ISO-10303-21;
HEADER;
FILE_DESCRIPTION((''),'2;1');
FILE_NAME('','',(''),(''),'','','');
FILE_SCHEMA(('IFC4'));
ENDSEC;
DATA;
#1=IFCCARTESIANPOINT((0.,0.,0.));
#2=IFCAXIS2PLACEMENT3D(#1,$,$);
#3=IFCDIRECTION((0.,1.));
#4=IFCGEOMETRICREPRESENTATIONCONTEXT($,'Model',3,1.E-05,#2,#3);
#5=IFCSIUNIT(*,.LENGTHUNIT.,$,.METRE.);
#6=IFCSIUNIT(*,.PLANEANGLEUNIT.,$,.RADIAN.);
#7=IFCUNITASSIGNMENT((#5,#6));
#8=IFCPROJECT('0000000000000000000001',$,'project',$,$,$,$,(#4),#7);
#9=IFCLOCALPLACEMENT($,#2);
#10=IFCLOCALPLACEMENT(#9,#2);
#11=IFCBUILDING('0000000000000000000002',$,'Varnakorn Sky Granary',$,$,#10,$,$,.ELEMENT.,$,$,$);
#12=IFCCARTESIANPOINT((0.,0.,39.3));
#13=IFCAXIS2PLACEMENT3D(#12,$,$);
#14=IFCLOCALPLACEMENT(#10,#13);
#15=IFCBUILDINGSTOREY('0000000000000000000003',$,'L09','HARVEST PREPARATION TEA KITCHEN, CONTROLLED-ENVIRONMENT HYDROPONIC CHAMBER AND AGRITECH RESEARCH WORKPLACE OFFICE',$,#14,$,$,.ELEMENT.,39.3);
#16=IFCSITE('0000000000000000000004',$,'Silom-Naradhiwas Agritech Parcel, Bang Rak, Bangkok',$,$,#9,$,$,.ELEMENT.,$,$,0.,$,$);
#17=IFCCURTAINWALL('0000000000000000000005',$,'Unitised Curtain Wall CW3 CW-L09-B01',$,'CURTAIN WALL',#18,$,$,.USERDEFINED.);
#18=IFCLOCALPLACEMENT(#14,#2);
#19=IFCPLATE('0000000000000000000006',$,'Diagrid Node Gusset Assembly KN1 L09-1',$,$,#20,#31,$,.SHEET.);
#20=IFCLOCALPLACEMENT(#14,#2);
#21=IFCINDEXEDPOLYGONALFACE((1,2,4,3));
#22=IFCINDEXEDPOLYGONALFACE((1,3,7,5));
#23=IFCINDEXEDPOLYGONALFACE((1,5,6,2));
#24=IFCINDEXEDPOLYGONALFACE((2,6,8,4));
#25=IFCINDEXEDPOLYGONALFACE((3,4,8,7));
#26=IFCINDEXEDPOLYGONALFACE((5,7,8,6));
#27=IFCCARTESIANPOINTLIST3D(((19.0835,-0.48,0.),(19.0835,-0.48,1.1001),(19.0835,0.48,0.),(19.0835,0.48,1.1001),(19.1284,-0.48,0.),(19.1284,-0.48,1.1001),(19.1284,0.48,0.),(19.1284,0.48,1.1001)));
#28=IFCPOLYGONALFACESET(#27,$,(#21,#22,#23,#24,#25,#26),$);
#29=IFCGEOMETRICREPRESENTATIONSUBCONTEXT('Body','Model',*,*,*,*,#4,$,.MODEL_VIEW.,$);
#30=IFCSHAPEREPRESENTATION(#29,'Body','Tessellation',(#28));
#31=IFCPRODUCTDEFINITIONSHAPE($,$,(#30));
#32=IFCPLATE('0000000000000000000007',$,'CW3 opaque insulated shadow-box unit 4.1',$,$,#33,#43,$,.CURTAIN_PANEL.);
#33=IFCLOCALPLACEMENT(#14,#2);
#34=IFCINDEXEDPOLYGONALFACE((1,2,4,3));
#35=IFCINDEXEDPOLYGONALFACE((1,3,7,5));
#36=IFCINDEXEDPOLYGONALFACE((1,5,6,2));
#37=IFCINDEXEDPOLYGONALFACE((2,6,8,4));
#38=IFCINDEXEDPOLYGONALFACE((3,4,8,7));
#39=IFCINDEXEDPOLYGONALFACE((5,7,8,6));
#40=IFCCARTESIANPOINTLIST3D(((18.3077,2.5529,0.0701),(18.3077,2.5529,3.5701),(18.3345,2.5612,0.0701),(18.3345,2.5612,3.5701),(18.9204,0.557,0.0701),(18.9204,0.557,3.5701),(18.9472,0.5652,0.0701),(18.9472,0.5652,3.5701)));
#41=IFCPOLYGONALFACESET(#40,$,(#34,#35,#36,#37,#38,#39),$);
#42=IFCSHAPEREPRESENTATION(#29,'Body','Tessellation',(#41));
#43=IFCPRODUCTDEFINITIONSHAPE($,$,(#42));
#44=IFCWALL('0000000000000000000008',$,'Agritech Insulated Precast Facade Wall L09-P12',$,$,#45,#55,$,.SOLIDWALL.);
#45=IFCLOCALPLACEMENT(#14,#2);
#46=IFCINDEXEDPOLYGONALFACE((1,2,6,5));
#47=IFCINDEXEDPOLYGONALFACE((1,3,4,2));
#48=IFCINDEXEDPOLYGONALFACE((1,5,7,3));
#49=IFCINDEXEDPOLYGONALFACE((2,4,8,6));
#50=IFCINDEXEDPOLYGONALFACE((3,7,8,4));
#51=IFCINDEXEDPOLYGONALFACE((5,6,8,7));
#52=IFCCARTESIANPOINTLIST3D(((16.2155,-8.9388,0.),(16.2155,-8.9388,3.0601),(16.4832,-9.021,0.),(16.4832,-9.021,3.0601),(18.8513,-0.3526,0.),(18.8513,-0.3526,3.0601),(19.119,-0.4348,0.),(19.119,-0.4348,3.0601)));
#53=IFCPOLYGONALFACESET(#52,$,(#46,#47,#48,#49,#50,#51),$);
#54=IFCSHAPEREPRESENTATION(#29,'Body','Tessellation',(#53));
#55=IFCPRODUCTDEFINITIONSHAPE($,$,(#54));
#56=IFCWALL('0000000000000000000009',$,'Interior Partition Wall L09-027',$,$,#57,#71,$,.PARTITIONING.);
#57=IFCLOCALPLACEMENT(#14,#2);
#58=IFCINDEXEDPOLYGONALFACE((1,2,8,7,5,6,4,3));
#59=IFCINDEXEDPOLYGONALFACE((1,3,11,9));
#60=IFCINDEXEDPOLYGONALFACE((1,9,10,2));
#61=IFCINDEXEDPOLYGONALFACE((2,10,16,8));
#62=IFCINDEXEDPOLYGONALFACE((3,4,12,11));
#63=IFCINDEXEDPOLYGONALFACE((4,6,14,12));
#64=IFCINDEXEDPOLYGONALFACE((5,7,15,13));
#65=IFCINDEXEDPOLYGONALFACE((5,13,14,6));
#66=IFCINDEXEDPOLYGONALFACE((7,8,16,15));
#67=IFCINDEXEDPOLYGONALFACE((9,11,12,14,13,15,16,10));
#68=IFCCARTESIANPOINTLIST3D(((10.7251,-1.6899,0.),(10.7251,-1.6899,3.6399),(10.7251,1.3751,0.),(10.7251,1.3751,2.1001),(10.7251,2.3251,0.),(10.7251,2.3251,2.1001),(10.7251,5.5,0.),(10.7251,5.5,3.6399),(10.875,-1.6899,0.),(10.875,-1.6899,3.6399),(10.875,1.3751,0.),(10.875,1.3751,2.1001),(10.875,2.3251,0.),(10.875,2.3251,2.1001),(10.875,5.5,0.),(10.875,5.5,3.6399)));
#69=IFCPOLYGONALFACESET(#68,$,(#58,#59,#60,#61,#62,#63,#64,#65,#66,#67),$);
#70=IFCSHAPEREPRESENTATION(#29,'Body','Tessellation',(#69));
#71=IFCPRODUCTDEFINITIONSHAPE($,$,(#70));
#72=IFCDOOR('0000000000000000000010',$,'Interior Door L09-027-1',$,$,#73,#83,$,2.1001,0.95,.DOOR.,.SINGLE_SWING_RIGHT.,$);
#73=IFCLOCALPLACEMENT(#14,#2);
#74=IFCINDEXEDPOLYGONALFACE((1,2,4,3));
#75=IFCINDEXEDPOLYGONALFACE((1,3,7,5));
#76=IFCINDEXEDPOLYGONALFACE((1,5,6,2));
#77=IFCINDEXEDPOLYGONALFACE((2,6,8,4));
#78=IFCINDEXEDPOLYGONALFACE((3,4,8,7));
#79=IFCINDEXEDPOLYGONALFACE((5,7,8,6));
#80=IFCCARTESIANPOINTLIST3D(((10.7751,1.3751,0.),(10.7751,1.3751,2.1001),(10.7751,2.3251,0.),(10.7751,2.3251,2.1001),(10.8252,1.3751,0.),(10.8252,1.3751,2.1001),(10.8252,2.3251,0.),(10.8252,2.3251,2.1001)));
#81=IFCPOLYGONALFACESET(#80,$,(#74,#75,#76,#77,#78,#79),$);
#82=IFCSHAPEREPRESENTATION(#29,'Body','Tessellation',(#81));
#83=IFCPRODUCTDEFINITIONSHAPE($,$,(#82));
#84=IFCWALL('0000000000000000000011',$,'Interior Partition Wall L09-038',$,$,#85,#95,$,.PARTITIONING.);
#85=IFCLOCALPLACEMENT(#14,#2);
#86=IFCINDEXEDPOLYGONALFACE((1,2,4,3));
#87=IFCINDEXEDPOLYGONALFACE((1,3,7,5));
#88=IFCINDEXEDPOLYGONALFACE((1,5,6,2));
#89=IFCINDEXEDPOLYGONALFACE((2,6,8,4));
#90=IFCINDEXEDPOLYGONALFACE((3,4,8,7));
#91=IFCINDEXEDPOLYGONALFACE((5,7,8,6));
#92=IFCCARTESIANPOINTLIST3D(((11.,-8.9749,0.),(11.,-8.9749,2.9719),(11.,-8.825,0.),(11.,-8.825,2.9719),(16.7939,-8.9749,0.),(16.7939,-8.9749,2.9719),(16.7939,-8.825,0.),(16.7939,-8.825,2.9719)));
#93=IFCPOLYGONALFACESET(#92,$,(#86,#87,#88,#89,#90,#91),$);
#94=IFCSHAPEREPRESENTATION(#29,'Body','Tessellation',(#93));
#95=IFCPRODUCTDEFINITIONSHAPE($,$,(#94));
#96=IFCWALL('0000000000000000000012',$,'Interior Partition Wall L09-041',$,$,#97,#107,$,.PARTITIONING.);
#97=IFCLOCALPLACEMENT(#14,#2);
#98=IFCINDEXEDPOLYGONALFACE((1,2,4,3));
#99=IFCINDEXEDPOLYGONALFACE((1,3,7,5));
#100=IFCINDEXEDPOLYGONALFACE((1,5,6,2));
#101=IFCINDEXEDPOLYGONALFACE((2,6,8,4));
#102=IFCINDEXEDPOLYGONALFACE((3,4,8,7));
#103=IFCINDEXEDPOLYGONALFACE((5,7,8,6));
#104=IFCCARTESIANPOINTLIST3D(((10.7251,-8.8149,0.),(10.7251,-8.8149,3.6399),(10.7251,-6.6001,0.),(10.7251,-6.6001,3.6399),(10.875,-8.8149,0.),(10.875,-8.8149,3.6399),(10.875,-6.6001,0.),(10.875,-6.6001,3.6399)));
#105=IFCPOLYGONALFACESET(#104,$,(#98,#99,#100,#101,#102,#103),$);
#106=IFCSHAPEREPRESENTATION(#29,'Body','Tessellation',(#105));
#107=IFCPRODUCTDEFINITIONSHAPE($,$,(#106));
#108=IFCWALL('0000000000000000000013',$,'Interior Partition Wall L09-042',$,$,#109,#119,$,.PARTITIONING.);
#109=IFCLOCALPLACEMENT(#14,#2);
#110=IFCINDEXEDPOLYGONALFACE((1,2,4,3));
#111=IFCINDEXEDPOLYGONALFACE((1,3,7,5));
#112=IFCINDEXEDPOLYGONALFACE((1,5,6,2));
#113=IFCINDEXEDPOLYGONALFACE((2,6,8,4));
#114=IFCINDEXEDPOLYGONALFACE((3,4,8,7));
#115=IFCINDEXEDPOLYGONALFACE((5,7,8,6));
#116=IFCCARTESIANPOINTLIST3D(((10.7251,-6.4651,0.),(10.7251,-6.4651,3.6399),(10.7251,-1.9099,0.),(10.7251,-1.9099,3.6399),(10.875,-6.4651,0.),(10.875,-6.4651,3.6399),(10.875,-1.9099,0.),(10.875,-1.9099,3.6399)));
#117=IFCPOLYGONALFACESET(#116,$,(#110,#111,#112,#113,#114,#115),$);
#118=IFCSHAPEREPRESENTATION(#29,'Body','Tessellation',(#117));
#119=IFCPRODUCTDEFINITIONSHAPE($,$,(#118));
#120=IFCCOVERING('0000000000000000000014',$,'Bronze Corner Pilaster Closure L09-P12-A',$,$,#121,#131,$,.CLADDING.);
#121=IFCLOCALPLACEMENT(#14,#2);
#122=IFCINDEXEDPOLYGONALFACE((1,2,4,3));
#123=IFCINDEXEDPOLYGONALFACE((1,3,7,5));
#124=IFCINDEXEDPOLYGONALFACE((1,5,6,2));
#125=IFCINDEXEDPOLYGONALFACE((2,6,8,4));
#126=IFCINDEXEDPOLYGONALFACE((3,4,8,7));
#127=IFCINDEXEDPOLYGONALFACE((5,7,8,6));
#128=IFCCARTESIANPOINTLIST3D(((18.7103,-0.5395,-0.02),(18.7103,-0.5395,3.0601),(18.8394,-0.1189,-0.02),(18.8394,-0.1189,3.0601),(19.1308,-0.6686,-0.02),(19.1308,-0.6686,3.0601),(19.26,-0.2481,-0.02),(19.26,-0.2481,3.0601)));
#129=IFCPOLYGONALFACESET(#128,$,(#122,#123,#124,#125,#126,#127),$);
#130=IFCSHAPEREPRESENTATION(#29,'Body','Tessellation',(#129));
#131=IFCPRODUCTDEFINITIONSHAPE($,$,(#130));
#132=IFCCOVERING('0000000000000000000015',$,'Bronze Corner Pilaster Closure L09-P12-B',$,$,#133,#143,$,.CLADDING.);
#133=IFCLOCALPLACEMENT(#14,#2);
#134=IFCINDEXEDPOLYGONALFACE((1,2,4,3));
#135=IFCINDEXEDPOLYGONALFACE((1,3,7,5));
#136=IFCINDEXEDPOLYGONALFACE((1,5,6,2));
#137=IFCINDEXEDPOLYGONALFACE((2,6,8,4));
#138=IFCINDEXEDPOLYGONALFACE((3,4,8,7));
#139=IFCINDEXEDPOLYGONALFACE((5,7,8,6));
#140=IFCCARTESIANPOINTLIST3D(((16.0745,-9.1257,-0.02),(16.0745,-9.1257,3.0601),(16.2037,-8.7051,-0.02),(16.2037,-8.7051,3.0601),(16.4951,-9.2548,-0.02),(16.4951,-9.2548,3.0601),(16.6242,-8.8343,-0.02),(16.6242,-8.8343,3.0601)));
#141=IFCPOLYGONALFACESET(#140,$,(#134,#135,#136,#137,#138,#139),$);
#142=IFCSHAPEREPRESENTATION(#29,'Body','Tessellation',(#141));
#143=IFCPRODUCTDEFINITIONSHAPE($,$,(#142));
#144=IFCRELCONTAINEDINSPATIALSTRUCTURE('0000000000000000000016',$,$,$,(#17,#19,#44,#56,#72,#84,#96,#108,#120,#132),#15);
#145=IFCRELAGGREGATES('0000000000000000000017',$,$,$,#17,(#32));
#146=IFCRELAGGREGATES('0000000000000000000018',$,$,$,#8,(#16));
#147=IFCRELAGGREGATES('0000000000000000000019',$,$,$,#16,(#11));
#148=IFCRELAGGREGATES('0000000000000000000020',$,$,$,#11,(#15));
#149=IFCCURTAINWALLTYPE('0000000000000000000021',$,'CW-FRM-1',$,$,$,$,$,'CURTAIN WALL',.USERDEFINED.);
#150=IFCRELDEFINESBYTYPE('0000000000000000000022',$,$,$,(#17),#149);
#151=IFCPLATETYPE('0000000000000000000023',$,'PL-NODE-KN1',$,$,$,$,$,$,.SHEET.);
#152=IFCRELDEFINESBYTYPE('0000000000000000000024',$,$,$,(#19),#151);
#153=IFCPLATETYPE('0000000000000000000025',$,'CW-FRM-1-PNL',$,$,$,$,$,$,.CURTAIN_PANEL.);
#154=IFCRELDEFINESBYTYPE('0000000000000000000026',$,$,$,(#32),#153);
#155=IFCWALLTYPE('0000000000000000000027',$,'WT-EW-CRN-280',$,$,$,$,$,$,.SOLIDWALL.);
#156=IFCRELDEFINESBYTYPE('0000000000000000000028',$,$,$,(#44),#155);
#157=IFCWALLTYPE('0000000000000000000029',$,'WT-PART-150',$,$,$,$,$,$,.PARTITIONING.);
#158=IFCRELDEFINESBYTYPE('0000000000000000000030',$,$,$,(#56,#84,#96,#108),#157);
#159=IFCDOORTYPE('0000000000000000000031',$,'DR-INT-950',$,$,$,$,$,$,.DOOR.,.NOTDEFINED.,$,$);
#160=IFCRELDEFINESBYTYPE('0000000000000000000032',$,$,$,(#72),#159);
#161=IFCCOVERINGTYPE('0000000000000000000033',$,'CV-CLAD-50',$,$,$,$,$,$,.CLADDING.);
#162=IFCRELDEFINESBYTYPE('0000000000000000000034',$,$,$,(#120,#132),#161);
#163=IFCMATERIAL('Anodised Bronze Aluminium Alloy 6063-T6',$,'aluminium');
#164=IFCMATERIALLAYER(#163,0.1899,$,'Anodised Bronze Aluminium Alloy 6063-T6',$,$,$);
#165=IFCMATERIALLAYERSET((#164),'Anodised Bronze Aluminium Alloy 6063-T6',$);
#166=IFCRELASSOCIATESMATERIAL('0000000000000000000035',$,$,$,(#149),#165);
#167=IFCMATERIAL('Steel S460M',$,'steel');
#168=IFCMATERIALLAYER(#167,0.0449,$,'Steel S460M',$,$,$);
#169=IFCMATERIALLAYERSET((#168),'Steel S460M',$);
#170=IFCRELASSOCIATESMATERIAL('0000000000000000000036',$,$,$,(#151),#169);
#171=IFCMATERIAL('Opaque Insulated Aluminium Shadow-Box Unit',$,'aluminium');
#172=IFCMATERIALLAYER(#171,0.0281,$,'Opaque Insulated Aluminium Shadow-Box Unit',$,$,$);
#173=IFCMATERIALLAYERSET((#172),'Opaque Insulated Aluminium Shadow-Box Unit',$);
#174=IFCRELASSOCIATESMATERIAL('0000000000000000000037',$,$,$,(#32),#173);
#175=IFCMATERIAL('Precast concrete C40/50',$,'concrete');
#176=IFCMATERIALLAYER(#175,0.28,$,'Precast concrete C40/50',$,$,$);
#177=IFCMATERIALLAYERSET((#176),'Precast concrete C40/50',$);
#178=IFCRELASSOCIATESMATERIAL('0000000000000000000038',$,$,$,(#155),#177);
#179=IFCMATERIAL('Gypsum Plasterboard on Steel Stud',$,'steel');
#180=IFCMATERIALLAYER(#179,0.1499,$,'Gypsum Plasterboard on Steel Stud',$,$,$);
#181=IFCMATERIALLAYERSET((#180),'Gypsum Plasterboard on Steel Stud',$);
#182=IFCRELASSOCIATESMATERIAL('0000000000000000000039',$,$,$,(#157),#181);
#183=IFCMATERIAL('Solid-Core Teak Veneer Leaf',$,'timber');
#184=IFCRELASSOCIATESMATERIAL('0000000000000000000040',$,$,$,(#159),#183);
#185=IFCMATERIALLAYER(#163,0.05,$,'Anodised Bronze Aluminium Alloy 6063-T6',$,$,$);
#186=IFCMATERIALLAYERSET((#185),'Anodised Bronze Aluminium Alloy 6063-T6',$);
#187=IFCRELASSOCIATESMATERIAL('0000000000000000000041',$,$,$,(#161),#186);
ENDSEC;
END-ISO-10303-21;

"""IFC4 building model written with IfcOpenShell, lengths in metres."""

from ifc_helpers import new_model, si_unit, direction, frame, frame_2d, origin, origin_2d, place, context, subcontext, project, spatial, rectangle, extrude, source, transform, mapped, material, layer, layer_set, type_object, type_shapes, element, fill, aggregate, save


model = new_model("IFC4")

# Units and contexts
model_context = context("Model", 3, precision=1e-05, world=origin(), true_north=direction((0.0, 1.0)))
body_context = subcontext(model_context, "Body", "Model", "MODEL_VIEW")
ifc_project = project(units=[si_unit("LENGTHUNIT", "METRE"), si_unit("PLANEANGLEUNIT", "RADIAN")], contexts=[model_context])

# Site, building, storey
site_placement = place(None, origin())
site = spatial("IfcSite", under=ifc_project, at=site_placement, Name="Silom-Naradhiwas Agritech Parcel, Bang Rak, Bangkok", CompositionType="ELEMENT", RefElevation=0.0)
building_placement = place(site_placement, origin())
building = spatial("IfcBuilding", under=site, at=building_placement, Name="Varnakorn Sky Granary", CompositionType="ELEMENT")
storey_placement = place(building_placement, frame((0.0, 0.0, 39.3)))
storey = spatial("IfcBuildingStorey", under=building, at=storey_placement, Name="L09", Description="HARVEST PREPARATION TEA KITCHEN, CONTROLLED-ENVIRONMENT HYDROPONIC CHAMBER AND AGRITECH RESEARCH WORKPLACE OFFICE", CompositionType="ELEMENT", Elevation=39.3)

# Shared definitions
ifc_material_1 = material(Name="Steel S460M", Category="steel")

# Curtain wall
ifc_material_2 = material(Name="Anodised Bronze Aluminium Alloy 6063-T6", Category="aluminium")
ifc_layer_1 = layer(ifc_material_2, 0.1899, Name="Anodised Bronze Aluminium Alloy 6063-T6")
ifc_layer_set_1 = layer_set([ifc_layer_1], Name="Anodised Bronze Aluminium Alloy 6063-T6")
curtain_wall_type = type_object("IfcCurtainWallType", Name="CW-FRM-1", ElementType="CURTAIN WALL", PredefinedType="USERDEFINED", material=ifc_layer_set_1)
curtain_wall_placement = place(storey_placement, origin())
curtain_wall = element("IfcCurtainWall", 1, at=curtain_wall_placement, inside=storey, type_object=curtain_wall_type, Name="Unitised Curtain Wall CW3 CW-L09-B01", ObjectType="CURTAIN WALL", PredefinedType="USERDEFINED")

# Plates
ifc_layer_2 = layer(ifc_material_1, 0.0449, Name="Steel S460M")
ifc_layer_set_2 = layer_set([ifc_layer_2], Name="Steel S460M")
plate_type_1 = type_object("IfcPlateType", Name="PL-NODE-KN1", PredefinedType="SHEET", material=ifc_layer_set_2)
plate_1_placement = place(storey_placement, frame((19.106, 0.0, 0.0), z_axis=(0.0, 0.0, 1.0), x_axis=(0.0, 1.0, 0.0)))
element("IfcPlate", 2, at=plate_1_placement, inside=storey, type_object=plate_type_1, Name="Diagrid Node Gusset Assembly KN1 L09-1", PredefinedType="SHEET", context=body_context, shape_type="SweptSolid", body=[
    extrude(rectangle(XDim=0.96, YDim=0.0449, at=origin_2d()), origin(), (0.0, 0.0, 1.0), 1.1001),
])
ifc_material_3 = material(Name="Opaque Insulated Aluminium Shadow-Box Unit", Category="aluminium")
ifc_layer_3 = layer(ifc_material_3, 0.0281, Name="Opaque Insulated Aluminium Shadow-Box Unit")
ifc_layer_set_3 = layer_set([ifc_layer_3], Name="Opaque Insulated Aluminium Shadow-Box Unit")
plate_type_2 = type_object("IfcPlateType", Name="CW-FRM-1-PNL", PredefinedType="CURTAIN_PANEL")
shared_shape_1 = source(origin(), body_context, "Body", "SweptSolid", [
    extrude(rectangle(XDim=2.0879, YDim=0.0281, at=origin_2d()), origin(), (0.0, 0.0, 1.0), 3.5),
])
type_shapes(plate_type_2, [shared_shape_1])
plate_2_placement = place(storey_placement, frame((18.6274, 1.5591, 0.0701), z_axis=(0.0, 0.0, 1.0), x_axis=(0.293463, -0.955971, 0.0)))
plate_2 = element("IfcPlate", 3, at=plate_2_placement, type_object=plate_type_2, material=ifc_layer_set_3, Name="CW3 opaque insulated shadow-box unit 4.1", PredefinedType="CURTAIN_PANEL", context=body_context, shape_type="MappedRepresentation", body=[
    mapped(shared_shape_1, transform((0.0, 0.0, 0.0), x_axis=(1.0, 0.0, 0.0), y_axis=(0.0, 1.0, 0.0), z_axis=(0.0, 0.0, 1.0), scale=1.0)),
])
aggregate(curtain_wall, [plate_2])

# Wall
ifc_material_4 = material(Name="Precast concrete C40/50", Category="concrete")
ifc_layer_4 = layer(ifc_material_4, 0.28, Name="Precast concrete C40/50")
ifc_layer_set_4 = layer_set([ifc_layer_4], Name="Precast concrete C40/50")
wall_type_1 = type_object("IfcWallType", Name="WT-EW-CRN-280", PredefinedType="SOLIDWALL", material=ifc_layer_set_4)
wall_1_placement = place(storey_placement, frame((18.9851, -0.3938, 0.0), z_axis=(0.0, 0.0, 1.0), x_axis=(-0.293459, -0.955972, 0.0)))
element("IfcWall", 4, at=wall_1_placement, inside=storey, type_object=wall_type_1, Name="Agritech Insulated Precast Facade Wall L09-P12", PredefinedType="SOLIDWALL", context=body_context, shape_type="SweptSolid", body=[
    extrude(rectangle(XDim=8.9817, YDim=0.28, at=frame_2d((4.4907, 0.0))), origin(), (0.0, 0.0, 1.0), 3.0601),
])

# Wall, opening, door
ifc_material_5 = material(Name="Gypsum Plasterboard on Steel Stud", Category="steel")
ifc_layer_5 = layer(ifc_material_5, 0.1499, Name="Gypsum Plasterboard on Steel Stud")
ifc_layer_set_5 = layer_set([ifc_layer_5], Name="Gypsum Plasterboard on Steel Stud")
wall_type_2 = type_object("IfcWallType", Name="WT-PART-150", PredefinedType="PARTITIONING", material=ifc_layer_set_5)
wall_2_placement = place(storey_placement, frame((10.8, -1.6899, 0.0), z_axis=(0.0, 0.0, 1.0), x_axis=(0.0, 1.0, 0.0)))
wall_2 = element("IfcWall", 5, at=wall_2_placement, inside=storey, type_object=wall_type_2, Name="Interior Partition Wall L09-027", PredefinedType="PARTITIONING", context=body_context, shape_type="SweptSolid", body=[
    extrude(rectangle(XDim=7.1899, YDim=0.1499, at=frame_2d((3.595, 0.0))), origin(), (0.0, 0.0, 1.0), 3.6399),
])
opening_placement = place(wall_2_placement, frame((3.0649, 0.0, 0.0)))
opening = element("IfcOpeningElement", 6, at=opening_placement, cuts=wall_2, PredefinedType="OPENING", context=body_context, shape_type="SweptSolid", body=[
    extrude(rectangle(XDim=0.95, YDim=2.1001, at=frame_2d((0.4751, 1.05))), frame((0.0, 0.085, 0.0), z_axis=(0.0, -1.0, 0.0), x_axis=(1.0, 0.0, 0.0)), (0.0, 0.0, 1.0), 0.1699),
])
ifc_material_6 = material(Name="Solid-Core Teak Veneer Leaf", Category="timber")
door_type = type_object("IfcDoorType", Name="DR-INT-950", OperationType="NOTDEFINED", PredefinedType="DOOR", material=ifc_material_6)
door_placement = place(opening_placement, origin())
door = element("IfcDoor", 7, at=door_placement, inside=storey, type_object=door_type, Name="Interior Door L09-027-1", OperationType="SINGLE_SWING_RIGHT", OverallHeight=2.1001, OverallWidth=0.95, PredefinedType="DOOR", context=body_context, shape_type="SweptSolid", body=[
    extrude(rectangle(XDim=0.95, YDim=2.1001, at=frame_2d((0.4751, 1.05))), frame((0.0, 0.0249, 0.0), z_axis=(0.0, -1.0, 0.0), x_axis=(1.0, 0.0, 0.0)), (0.0, 0.0, 1.0), 0.05),
])
fill(opening, door)

# Walls
wall_3_placement = place(storey_placement, frame((11.0, -8.8999, 0.0), z_axis=(0.0, 0.0, 1.0), x_axis=(1.0, 0.0, 0.0)))
element("IfcWall", 8, at=wall_3_placement, inside=storey, type_object=wall_type_2, Name="Interior Partition Wall L09-038", PredefinedType="PARTITIONING", context=body_context, shape_type="SweptSolid", body=[
    extrude(rectangle(XDim=5.7939, YDim=0.1499, at=frame_2d((2.897, 0.0))), origin(), (0.0, 0.0, 1.0), 2.9719),
])
wall_4_placement = place(storey_placement, frame((10.8, -8.8149, 0.0), z_axis=(0.0, 0.0, 1.0), x_axis=(0.0, 1.0, 0.0)))
element("IfcWall", 9, at=wall_4_placement, inside=storey, type_object=wall_type_2, Name="Interior Partition Wall L09-041", PredefinedType="PARTITIONING", context=body_context, shape_type="SweptSolid", body=[
    extrude(rectangle(XDim=2.2148, YDim=0.1499, at=frame_2d((1.1074, 0.0))), origin(), (0.0, 0.0, 1.0), 3.6399),
])
wall_5_placement = place(storey_placement, frame((10.8, -6.4651, 0.0), z_axis=(0.0, 0.0, 1.0), x_axis=(0.0, 1.0, 0.0)))
element("IfcWall", 10, at=wall_5_placement, inside=storey, type_object=wall_type_2, Name="Interior Partition Wall L09-042", PredefinedType="PARTITIONING", context=body_context, shape_type="SweptSolid", body=[
    extrude(rectangle(XDim=4.5552, YDim=0.1499, at=frame_2d((2.2776, 0.0))), origin(), (0.0, 0.0, 1.0), 3.6399),
])

# Coverings
ifc_layer_6 = layer(ifc_material_2, 0.05, Name="Anodised Bronze Aluminium Alloy 6063-T6")
ifc_layer_set_6 = layer_set([ifc_layer_6], Name="Anodised Bronze Aluminium Alloy 6063-T6")
covering_type = type_object("IfcCoveringType", Name="CV-CLAD-50", PredefinedType="CLADDING", material=ifc_layer_set_6)
shared_shape_2 = source(origin(), body_context, "Body", "SweptSolid", [
    extrude(rectangle(XDim=0.4399, YDim=0.4399, at=origin_2d()), origin(), (0.0, 0.0, 1.0), 3.0801),
])
type_shapes(covering_type, [shared_shape_2])
for number, where, z_axis, x_axis, name in (
    (11, (18.9851, -0.3938, -0.02), (0.0, 0.0, 1.0), (-0.29354, -0.955947, 0.0), "Bronze Corner Pilaster Closure L09-P12-A"),
    (12, (16.3494, -8.98, -0.02), (0.0, 0.0, 1.0), (-0.29354, -0.955947, 0.0), "Bronze Corner Pilaster Closure L09-P12-B"),
):
    element("IfcCovering", number, at=place(storey_placement, frame(where, z_axis=z_axis, x_axis=x_axis)), inside=storey, type_object=covering_type, Name=name, PredefinedType="CLADDING", context=body_context, shape_type="MappedRepresentation", body=[
        mapped(shared_shape_2, transform((0.0, 0.0, 0.0), x_axis=(1.0, 0.0, 0.0), y_axis=(0.0, 1.0, 0.0), z_axis=(0.0, 0.0, 1.0), scale=1.0)),
    ])

save(model, "model.ifc")
